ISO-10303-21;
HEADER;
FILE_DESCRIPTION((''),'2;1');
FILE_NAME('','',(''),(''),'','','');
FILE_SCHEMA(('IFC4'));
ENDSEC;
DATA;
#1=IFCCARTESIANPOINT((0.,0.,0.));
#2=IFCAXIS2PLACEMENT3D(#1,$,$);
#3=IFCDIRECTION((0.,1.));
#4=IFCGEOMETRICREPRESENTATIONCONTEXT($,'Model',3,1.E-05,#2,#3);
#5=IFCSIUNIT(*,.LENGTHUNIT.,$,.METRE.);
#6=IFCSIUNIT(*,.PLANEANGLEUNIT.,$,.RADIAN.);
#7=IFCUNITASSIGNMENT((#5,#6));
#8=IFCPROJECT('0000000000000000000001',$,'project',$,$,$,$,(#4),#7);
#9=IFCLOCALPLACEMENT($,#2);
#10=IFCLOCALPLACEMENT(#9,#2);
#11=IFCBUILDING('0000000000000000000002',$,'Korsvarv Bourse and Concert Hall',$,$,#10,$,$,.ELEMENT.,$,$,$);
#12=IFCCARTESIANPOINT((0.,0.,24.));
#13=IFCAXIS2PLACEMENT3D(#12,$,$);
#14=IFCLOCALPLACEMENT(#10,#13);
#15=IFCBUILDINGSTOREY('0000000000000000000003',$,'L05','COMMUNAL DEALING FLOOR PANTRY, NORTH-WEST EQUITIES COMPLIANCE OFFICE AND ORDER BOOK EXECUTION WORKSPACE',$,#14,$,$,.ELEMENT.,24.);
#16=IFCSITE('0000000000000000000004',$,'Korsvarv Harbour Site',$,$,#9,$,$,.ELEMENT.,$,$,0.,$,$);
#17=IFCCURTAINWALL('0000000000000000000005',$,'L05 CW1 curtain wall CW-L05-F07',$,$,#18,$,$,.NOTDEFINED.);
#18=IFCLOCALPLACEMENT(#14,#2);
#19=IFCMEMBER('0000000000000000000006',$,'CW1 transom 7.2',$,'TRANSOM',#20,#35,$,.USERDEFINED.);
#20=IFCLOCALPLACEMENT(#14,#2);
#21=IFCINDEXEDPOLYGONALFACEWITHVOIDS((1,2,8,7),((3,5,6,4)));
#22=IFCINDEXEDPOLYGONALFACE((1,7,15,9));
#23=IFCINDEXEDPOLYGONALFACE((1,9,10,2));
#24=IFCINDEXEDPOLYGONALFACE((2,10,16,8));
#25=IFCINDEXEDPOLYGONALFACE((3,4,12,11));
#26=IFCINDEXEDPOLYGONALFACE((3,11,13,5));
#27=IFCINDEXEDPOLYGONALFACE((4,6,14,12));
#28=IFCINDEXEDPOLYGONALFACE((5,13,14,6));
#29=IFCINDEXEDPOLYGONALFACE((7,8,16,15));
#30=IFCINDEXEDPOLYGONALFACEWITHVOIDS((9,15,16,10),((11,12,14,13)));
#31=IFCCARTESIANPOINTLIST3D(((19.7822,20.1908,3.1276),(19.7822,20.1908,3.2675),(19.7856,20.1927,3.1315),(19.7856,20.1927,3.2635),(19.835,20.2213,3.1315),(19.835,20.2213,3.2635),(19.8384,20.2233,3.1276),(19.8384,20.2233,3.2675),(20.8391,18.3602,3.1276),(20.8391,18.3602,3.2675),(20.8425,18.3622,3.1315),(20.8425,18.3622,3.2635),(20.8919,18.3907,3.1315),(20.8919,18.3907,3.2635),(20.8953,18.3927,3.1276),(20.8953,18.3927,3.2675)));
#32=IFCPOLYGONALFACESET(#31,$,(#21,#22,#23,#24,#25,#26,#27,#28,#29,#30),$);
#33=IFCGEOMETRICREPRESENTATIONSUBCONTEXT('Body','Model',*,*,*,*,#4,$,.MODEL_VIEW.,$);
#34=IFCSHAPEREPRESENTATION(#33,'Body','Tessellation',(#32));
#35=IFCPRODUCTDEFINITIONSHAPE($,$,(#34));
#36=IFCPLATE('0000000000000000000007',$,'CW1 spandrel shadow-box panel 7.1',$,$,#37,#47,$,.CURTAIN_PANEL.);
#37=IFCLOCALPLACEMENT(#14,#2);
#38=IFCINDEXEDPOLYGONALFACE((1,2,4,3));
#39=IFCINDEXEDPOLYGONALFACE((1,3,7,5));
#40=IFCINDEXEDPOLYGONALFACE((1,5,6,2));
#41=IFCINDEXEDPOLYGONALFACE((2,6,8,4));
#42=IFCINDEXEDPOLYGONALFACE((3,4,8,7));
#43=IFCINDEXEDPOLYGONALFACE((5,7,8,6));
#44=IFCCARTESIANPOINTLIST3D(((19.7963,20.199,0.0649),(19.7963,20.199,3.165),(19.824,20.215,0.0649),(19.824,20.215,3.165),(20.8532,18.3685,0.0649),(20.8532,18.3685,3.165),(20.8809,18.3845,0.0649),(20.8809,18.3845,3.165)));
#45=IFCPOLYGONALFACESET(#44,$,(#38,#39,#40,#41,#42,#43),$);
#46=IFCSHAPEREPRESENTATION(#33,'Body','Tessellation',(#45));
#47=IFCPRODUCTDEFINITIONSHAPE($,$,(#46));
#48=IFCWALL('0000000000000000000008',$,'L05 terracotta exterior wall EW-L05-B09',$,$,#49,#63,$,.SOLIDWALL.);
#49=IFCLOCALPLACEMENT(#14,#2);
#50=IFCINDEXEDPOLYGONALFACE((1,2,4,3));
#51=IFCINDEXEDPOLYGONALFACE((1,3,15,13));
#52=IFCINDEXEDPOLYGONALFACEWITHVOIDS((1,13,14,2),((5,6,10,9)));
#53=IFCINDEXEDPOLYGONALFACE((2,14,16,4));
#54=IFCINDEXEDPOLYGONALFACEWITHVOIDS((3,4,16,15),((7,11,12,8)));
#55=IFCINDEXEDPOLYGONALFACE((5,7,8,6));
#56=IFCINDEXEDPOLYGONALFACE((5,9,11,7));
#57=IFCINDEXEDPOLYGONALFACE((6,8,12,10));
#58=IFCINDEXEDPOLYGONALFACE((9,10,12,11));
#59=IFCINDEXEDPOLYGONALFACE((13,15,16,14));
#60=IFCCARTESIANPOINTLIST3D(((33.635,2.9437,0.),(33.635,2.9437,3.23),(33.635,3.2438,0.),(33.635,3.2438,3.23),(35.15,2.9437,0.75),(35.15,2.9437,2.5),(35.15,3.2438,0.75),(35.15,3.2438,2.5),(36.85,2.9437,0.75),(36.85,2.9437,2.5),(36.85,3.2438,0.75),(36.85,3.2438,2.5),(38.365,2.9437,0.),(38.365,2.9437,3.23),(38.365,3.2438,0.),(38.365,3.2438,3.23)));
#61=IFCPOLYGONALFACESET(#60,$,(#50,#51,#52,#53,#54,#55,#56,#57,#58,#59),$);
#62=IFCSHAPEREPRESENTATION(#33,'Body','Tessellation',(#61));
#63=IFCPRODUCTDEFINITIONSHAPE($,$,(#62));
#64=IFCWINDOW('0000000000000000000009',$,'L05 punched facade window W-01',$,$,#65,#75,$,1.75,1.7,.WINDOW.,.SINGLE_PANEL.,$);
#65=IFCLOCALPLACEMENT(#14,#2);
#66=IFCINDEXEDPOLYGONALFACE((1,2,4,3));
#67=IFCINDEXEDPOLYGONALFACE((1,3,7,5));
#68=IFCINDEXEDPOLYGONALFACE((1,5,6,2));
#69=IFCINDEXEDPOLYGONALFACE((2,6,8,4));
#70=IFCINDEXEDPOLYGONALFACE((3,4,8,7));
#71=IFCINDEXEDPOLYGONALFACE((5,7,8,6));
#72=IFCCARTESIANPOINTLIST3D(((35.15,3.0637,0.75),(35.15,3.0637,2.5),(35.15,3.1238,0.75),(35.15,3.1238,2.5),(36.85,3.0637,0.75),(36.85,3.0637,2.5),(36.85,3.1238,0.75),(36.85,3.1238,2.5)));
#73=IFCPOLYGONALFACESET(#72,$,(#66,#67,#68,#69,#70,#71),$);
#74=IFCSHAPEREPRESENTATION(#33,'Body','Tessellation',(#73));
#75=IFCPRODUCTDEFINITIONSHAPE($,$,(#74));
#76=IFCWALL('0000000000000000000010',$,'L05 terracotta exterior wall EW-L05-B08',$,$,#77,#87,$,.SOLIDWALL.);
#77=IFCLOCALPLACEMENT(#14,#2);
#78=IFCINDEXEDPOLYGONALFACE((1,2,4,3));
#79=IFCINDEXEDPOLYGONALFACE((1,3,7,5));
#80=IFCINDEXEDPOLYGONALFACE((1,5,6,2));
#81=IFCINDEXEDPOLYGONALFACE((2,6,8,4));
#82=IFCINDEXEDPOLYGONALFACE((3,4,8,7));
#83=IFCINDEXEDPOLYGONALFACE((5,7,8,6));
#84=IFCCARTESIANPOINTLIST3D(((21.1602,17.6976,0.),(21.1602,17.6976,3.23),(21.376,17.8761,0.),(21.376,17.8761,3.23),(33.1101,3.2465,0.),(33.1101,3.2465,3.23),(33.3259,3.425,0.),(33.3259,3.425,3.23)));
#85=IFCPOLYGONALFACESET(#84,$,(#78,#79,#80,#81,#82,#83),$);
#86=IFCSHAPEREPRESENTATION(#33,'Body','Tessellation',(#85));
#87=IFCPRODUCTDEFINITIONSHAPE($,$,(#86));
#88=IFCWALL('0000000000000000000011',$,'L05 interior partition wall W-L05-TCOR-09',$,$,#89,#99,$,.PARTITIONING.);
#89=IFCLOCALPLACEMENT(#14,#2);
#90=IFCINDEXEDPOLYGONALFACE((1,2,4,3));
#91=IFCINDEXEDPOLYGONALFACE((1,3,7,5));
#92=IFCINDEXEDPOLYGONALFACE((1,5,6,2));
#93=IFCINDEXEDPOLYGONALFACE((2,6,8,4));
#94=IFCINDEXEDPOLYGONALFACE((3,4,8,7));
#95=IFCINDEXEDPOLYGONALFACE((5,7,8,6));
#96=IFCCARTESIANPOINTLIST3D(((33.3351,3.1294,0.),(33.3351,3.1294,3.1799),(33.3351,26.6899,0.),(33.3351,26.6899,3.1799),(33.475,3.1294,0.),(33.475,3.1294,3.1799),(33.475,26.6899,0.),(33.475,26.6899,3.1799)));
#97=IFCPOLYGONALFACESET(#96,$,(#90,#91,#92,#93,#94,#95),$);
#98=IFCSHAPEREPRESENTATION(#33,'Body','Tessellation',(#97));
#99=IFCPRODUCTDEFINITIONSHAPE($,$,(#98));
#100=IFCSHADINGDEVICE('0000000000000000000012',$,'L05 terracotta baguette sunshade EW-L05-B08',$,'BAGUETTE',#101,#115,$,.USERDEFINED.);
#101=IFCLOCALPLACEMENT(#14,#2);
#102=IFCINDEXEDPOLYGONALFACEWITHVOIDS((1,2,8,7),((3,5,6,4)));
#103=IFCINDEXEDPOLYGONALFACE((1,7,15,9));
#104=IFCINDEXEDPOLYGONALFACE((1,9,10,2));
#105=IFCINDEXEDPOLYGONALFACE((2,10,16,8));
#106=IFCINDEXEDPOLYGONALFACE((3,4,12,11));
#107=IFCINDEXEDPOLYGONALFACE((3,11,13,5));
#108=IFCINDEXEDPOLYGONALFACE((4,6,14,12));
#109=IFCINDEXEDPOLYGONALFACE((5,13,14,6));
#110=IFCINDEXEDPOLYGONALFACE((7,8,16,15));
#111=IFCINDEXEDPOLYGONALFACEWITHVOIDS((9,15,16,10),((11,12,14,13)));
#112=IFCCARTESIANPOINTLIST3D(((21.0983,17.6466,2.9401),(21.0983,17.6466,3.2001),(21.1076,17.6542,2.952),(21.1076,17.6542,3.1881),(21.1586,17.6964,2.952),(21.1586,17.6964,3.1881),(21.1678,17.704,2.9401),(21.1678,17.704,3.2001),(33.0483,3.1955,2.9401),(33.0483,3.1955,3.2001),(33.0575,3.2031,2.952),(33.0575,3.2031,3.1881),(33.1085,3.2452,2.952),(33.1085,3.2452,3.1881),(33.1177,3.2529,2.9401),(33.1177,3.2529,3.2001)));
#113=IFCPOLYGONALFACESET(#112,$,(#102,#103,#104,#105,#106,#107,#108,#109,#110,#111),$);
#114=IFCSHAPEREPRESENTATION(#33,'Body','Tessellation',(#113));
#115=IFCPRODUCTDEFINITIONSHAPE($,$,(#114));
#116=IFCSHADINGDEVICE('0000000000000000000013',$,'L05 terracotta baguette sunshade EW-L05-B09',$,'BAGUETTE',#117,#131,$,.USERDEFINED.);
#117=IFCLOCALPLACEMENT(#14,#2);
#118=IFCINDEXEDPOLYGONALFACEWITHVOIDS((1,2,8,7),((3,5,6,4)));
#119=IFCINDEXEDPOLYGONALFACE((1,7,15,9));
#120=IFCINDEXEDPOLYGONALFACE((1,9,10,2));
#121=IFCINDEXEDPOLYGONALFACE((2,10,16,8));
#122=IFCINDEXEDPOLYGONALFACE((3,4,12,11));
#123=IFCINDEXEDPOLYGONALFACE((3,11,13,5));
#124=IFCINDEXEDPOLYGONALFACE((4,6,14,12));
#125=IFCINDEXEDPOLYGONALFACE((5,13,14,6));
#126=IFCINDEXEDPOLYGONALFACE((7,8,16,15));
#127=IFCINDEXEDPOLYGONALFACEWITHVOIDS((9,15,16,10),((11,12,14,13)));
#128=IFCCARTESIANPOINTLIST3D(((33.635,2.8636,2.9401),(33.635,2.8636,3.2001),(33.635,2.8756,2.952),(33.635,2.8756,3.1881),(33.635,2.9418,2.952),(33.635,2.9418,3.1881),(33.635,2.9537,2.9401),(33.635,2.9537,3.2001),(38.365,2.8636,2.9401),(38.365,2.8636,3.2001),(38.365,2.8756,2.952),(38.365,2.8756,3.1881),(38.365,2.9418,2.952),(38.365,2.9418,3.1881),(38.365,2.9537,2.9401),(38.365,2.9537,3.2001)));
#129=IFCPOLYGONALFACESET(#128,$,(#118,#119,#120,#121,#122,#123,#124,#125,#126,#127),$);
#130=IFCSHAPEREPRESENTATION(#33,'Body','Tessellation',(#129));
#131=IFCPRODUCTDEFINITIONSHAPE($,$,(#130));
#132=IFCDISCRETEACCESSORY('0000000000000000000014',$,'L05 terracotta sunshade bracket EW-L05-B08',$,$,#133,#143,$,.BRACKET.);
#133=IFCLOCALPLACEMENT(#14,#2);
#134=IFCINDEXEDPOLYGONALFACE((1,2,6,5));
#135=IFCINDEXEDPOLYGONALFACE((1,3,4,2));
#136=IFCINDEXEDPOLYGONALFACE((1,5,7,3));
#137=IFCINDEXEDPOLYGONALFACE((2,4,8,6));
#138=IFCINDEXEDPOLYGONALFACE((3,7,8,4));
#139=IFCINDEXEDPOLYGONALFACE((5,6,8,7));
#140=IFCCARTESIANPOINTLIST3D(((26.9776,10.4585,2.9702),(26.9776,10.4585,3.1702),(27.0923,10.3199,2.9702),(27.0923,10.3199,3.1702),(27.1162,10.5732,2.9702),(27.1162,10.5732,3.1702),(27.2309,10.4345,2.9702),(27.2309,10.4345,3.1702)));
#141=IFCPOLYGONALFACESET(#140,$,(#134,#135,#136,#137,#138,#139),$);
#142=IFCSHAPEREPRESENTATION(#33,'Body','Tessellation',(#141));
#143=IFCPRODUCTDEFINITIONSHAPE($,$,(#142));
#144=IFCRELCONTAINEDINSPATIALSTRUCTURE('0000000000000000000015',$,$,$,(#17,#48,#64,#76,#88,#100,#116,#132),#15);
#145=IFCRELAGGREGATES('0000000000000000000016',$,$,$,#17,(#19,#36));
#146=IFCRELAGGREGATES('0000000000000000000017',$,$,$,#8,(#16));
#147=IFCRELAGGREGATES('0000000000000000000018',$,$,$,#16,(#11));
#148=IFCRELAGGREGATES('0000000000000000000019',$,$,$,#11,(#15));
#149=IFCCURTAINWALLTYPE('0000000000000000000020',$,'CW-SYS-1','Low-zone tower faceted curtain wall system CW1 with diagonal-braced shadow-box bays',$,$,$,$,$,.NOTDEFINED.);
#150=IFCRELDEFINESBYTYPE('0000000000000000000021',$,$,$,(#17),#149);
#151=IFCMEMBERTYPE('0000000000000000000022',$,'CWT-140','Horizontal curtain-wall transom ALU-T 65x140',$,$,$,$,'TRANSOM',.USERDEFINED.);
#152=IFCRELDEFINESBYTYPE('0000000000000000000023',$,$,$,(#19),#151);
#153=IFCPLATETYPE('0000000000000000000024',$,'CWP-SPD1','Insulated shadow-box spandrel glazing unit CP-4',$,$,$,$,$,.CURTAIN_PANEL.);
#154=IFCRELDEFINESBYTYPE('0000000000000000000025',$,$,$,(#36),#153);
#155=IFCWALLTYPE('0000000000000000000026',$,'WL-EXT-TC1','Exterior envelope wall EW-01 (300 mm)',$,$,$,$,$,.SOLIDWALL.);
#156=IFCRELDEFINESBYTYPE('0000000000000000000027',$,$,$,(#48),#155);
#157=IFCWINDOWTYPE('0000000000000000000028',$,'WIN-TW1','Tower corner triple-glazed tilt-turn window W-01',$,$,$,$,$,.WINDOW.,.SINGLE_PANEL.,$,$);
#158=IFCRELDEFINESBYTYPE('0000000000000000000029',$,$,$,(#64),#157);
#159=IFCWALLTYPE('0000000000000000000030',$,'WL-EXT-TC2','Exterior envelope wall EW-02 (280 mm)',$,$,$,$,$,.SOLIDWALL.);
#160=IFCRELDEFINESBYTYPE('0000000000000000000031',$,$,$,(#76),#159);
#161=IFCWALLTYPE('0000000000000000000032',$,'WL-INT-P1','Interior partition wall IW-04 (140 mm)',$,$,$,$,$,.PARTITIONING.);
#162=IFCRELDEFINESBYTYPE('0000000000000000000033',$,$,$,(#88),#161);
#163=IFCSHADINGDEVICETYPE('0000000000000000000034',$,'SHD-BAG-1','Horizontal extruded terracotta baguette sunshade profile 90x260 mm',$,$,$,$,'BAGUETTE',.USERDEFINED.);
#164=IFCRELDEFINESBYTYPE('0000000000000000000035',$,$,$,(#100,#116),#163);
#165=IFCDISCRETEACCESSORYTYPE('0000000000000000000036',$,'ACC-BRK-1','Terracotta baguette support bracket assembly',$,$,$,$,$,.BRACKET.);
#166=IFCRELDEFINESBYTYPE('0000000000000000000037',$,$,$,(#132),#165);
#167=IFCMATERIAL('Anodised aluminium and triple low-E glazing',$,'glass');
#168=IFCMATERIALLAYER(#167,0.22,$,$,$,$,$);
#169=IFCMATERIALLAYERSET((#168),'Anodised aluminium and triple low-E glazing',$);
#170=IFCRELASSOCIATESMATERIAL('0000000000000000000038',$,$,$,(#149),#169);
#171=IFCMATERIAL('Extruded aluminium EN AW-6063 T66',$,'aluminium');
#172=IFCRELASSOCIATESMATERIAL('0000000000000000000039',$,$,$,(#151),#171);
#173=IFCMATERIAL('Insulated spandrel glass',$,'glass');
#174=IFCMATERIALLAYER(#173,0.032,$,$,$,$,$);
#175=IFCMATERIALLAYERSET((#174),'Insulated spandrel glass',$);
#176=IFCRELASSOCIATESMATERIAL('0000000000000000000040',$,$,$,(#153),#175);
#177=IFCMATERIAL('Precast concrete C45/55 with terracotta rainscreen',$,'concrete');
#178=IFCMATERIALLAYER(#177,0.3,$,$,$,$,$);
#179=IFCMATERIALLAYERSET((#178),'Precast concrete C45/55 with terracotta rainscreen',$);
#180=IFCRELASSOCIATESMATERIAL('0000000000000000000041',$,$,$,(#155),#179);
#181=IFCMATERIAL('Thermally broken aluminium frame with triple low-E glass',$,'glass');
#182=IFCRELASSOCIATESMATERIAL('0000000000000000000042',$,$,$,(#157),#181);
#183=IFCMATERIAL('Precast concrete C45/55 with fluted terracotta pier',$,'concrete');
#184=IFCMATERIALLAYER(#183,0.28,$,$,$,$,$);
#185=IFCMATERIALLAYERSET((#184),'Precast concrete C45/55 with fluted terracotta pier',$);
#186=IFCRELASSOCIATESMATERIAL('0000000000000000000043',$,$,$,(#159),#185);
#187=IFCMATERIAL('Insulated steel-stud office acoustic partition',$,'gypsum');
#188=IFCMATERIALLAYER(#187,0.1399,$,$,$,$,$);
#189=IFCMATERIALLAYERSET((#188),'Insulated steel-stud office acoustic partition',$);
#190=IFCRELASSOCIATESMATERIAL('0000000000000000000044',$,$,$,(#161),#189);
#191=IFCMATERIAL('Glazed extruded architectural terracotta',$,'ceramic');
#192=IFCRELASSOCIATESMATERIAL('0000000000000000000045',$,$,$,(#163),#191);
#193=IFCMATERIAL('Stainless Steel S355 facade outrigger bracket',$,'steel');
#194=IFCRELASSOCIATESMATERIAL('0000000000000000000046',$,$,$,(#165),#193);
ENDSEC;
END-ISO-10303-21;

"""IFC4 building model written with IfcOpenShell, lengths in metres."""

from ifc_helpers import new_model, si_unit, direction, frame, frame_2d, origin, origin_2d, place, context, subcontext, project, spatial, rectangle, hollow_rectangle, extrude, source, transform, mapped, material, layer, layer_set, material_profile, profile_set, type_object, element, fill, aggregate, save


model = new_model("IFC4")

# Units and contexts
model_context = context("Model", 3, precision=1e-05, world=origin(), true_north=direction((0.0, 1.0)))
body_context = subcontext(model_context, "Body", "Model", "MODEL_VIEW")
ifc_project = project(units=[si_unit("LENGTHUNIT", "METRE"), si_unit("PLANEANGLEUNIT", "RADIAN")], contexts=[model_context])

# Site, building, storey
site_placement = place(None, origin())
site = spatial("IfcSite", under=ifc_project, at=site_placement, Name="Korsvarv Harbour Site", CompositionType="ELEMENT", RefElevation=0.0)
building_placement = place(site_placement, origin())
building = spatial("IfcBuilding", under=site, at=building_placement, Name="Korsvarv Bourse and Concert Hall", CompositionType="ELEMENT")
storey_placement = place(building_placement, frame((0.0, 0.0, 24.0)))
storey = spatial("IfcBuildingStorey", under=building, at=storey_placement, Name="L05", Description="COMMUNAL DEALING FLOOR PANTRY, NORTH-WEST EQUITIES COMPLIANCE OFFICE AND ORDER BOOK EXECUTION WORKSPACE", CompositionType="ELEMENT", Elevation=24.0)

# Curtain wall, member, plate
ifc_material_1 = material(Name="Anodised aluminium and triple low-E glazing", Category="glass")
ifc_layer_1 = layer(ifc_material_1, 0.22)
ifc_layer_set_1 = layer_set([ifc_layer_1], Name="Anodised aluminium and triple low-E glazing")
curtain_wall_type = type_object("IfcCurtainWallType", Name="CW-SYS-1", Description="Low-zone tower faceted curtain wall system CW1 with diagonal-braced shadow-box bays", PredefinedType="NOTDEFINED", material=ifc_layer_set_1)
curtain_wall_placement = place(storey_placement, origin())
curtain_wall = element("IfcCurtainWall", 1, at=curtain_wall_placement, inside=storey, type_object=curtain_wall_type, Name="L05 CW1 curtain wall CW-L05-F07", PredefinedType="NOTDEFINED")
ifc_material_2 = material(Name="Extruded aluminium EN AW-6063 T66", Category="aluminium")
ifc_material_profile_1 = material_profile(ifc_material_2, hollow_rectangle(XDim=0.0649, YDim=0.1399, WallThickness=0.0039, at=origin_2d()), Name="ALU-T 65x140")
ifc_profile_set_1 = profile_set([ifc_material_profile_1], Name="Extruded aluminium EN AW-6063 T66")
member_type_1 = type_object("IfcMemberType", Name="CWT-140", Description="Horizontal curtain-wall transom ALU-T 65x140", ElementType="TRANSOM", PredefinedType="USERDEFINED", material=ifc_profile_set_1)
shared_shape_1 = source(origin(), body_context, "Body", "SweptSolid", [
    extrude(hollow_rectangle(XDim=0.0649, YDim=0.1399, WallThickness=0.0039, at=origin_2d()), origin(), (0.0, 0.0, 1.0), 2.1138),
])
member_1_placement = place(storey_placement, frame((19.8103, 20.207, 3.1975), z_axis=(0.500002, -0.866024, 0.0), x_axis=(0.866024, 0.500002, 0.0)))
member_1 = element("IfcMember", 2, at=member_1_placement, type_object=member_type_1, Name="CW1 transom 7.2", ObjectType="TRANSOM", PredefinedType="USERDEFINED", context=body_context, shape_type="MappedRepresentation", body=[
    mapped(shared_shape_1, transform((0.0, 0.0, 0.0), scale=1.0)),
])
ifc_material_3 = material(Name="Insulated spandrel glass", Category="glass")
ifc_layer_2 = layer(ifc_material_3, 0.032)
ifc_layer_set_2 = layer_set([ifc_layer_2], Name="Insulated spandrel glass")
plate_type = type_object("IfcPlateType", Name="CWP-SPD1", Description="Insulated shadow-box spandrel glazing unit CP-4", PredefinedType="CURTAIN_PANEL", material=ifc_layer_set_2)
shared_shape_2 = source(origin(), body_context, "Body", "SweptSolid", [
    extrude(rectangle(XDim=2.1138, YDim=0.032, at=origin_2d()), origin(), (0.0, 0.0, 1.0), 3.1001),
])
plate_placement = place(storey_placement, frame((20.3386, 19.2917, 0.0649), z_axis=(0.0, 0.0, 1.0), x_axis=(0.499995, -0.866029, 0.0)))
plate = element("IfcPlate", 3, at=plate_placement, type_object=plate_type, Name="CW1 spandrel shadow-box panel 7.1", PredefinedType="CURTAIN_PANEL", context=body_context, shape_type="MappedRepresentation", body=[
    mapped(shared_shape_2, transform((0.0, 0.0, 0.0), scale=1.0)),
])
aggregate(curtain_wall, [member_1, plate])

# Wall, opening, window
ifc_material_4 = material(Name="Precast concrete C45/55 with terracotta rainscreen", Category="concrete")
ifc_layer_3 = layer(ifc_material_4, 0.3)
ifc_layer_set_3 = layer_set([ifc_layer_3], Name="Precast concrete C45/55 with terracotta rainscreen")
wall_type_1 = type_object("IfcWallType", Name="WL-EXT-TC1", Description="Exterior envelope wall EW-01 (300 mm)", PredefinedType="SOLIDWALL", material=ifc_layer_set_3)
wall_1_placement = place(storey_placement, frame((33.635, 3.0938, 0.0), z_axis=(0.0, 0.0, 1.0), x_axis=(1.0, 0.0, 0.0)))
wall_1 = element("IfcWall", 4, at=wall_1_placement, inside=storey, type_object=wall_type_1, Name="L05 terracotta exterior wall EW-L05-B09", PredefinedType="SOLIDWALL", context=body_context, shape_type="SweptSolid", body=[
    extrude(rectangle(XDim=4.73, YDim=0.3, at=frame_2d((2.365, 0.0))), origin(), (0.0, 0.0, 1.0), 3.23),
])
opening_placement = place(wall_1_placement, frame((1.5149, 0.0, 0.75)))
opening = element("IfcOpeningElement", 5, at=opening_placement, cuts=wall_1, PredefinedType="OPENING", context=body_context, shape_type="SweptSolid", body=[
    extrude(rectangle(XDim=1.7, YDim=1.75, at=frame_2d((0.8501, 0.875))), frame((0.0, 0.1602, 0.0), z_axis=(0.0, -1.0, 0.0), x_axis=(1.0, 0.0, 0.0)), (0.0, 0.0, 1.0), 0.3201),
])
ifc_material_5 = material(Name="Thermally broken aluminium frame with triple low-E glass", Category="glass")
window_type = type_object("IfcWindowType", Name="WIN-TW1", Description="Tower corner triple-glazed tilt-turn window W-01", PartitioningType="SINGLE_PANEL", PredefinedType="WINDOW", material=ifc_material_5)
window_placement = place(opening_placement, origin())
window = element("IfcWindow", 6, at=window_placement, inside=storey, type_object=window_type, Name="L05 punched facade window W-01", OverallHeight=1.75, OverallWidth=1.7, PartitioningType="SINGLE_PANEL", PredefinedType="WINDOW", context=body_context, shape_type="SweptSolid", body=[
    extrude(rectangle(XDim=1.7, YDim=1.75, at=frame_2d((0.8501, 0.875))), frame((0.0, 0.03, 0.0), z_axis=(0.0, -1.0, 0.0), x_axis=(1.0, 0.0, 0.0)), (0.0, 0.0, 1.0), 0.0601),
])
fill(opening, window)

# Walls
ifc_material_6 = material(Name="Precast concrete C45/55 with fluted terracotta pier", Category="concrete")
ifc_layer_4 = layer(ifc_material_6, 0.28)
ifc_layer_set_4 = layer_set([ifc_layer_4], Name="Precast concrete C45/55 with fluted terracotta pier")
wall_type_2 = type_object("IfcWallType", Name="WL-EXT-TC2", Description="Exterior envelope wall EW-02 (280 mm)", PredefinedType="SOLIDWALL", material=ifc_layer_set_4)
wall_2_placement = place(storey_placement, frame((21.2681, 17.7869, 0.0), z_axis=(0.0, 0.0, 1.0), x_axis=(0.637263, -0.770647, 0.0)))
element("IfcWall", 7, at=wall_2_placement, inside=storey, type_object=wall_type_2, Name="L05 terracotta exterior wall EW-L05-B08", PredefinedType="SOLIDWALL", context=body_context, shape_type="SweptSolid", body=[
    extrude(rectangle(XDim=18.752, YDim=0.28, at=frame_2d((9.376, 0.0))), origin(), (0.0, 0.0, 1.0), 3.23),
])
ifc_material_7 = material(Name="Insulated steel-stud office acoustic partition", Category="gypsum")
ifc_layer_5 = layer(ifc_material_7, 0.1399)
ifc_layer_set_5 = layer_set([ifc_layer_5], Name="Insulated steel-stud office acoustic partition")
wall_type_3 = type_object("IfcWallType", Name="WL-INT-P1", Description="Interior partition wall IW-04 (140 mm)", PredefinedType="PARTITIONING", material=ifc_layer_set_5)
wall_3_placement = place(storey_placement, frame((33.405, 3.1294, 0.0), z_axis=(0.0, 0.0, 1.0), x_axis=(0.0, 1.0, 0.0)))
element("IfcWall", 8, at=wall_3_placement, inside=storey, type_object=wall_type_3, Name="L05 interior partition wall W-L05-TCOR-09", PredefinedType="PARTITIONING", context=body_context, shape_type="SweptSolid", body=[
    extrude(rectangle(XDim=23.5605, YDim=0.1399, at=frame_2d((11.7803, 0.0))), origin(), (0.0, 0.0, 1.0), 3.1799),
])

# Shading devices
ifc_material_8 = material(Name="Glazed extruded architectural terracotta", Category="ceramic")
ifc_material_profile_2 = material_profile(ifc_material_8, hollow_rectangle(XDim=0.0901, YDim=0.26, WallThickness=0.012, at=origin_2d()), Name="TC-BAG 90x260")
ifc_profile_set_2 = profile_set([ifc_material_profile_2], Name="Glazed extruded architectural terracotta")
shading_device_type = type_object("IfcShadingDeviceType", Name="SHD-BAG-1", Description="Horizontal extruded terracotta baguette sunshade profile 90x260 mm", ElementType="BAGUETTE", PredefinedType="USERDEFINED", material=ifc_profile_set_2)
shared_shape_3 = source(origin(), body_context, "Body", "SweptSolid", [
    extrude(hollow_rectangle(XDim=0.0901, YDim=0.26, WallThickness=0.012, at=origin_2d()), origin(), (0.0, 0.0, 1.0), 18.752),
])
shading_device_1_placement = place(storey_placement, frame((21.1331, 17.6753, 3.0701), z_axis=(0.637263, -0.770647, 0.0), x_axis=(0.770647, 0.637263, 0.0)))
element("IfcShadingDevice", 9, at=shading_device_1_placement, inside=storey, type_object=shading_device_type, Name="L05 terracotta baguette sunshade EW-L05-B08", ObjectType="BAGUETTE", PredefinedType="USERDEFINED", context=body_context, shape_type="MappedRepresentation", body=[
    mapped(shared_shape_3, transform((0.0, 0.0, 0.0), scale=1.0)),
])
shared_shape_4 = source(origin(), body_context, "Body", "SweptSolid", [
    extrude(hollow_rectangle(XDim=0.0901, YDim=0.26, WallThickness=0.012, at=origin_2d()), origin(), (0.0, 0.0, 1.0), 4.73),
])
shading_device_2_placement = place(storey_placement, frame((33.635, 2.9087, 3.0701), z_axis=(1.0, 0.0, 0.0), x_axis=(0.0, 1.0, 0.0)))
element("IfcShadingDevice", 10, at=shading_device_2_placement, inside=storey, type_object=shading_device_type, Name="L05 terracotta baguette sunshade EW-L05-B09", ObjectType="BAGUETTE", PredefinedType="USERDEFINED", context=body_context, shape_type="MappedRepresentation", body=[
    mapped(shared_shape_4, transform((0.0, 0.0, 0.0), scale=1.0)),
])

# Discrete accessory
ifc_material_9 = material(Name="Stainless Steel S355 facade outrigger bracket", Category="steel")
discrete_accessory_type = type_object("IfcDiscreteAccessoryType", Name="ACC-BRK-1", Description="Terracotta baguette support bracket assembly", PredefinedType="BRACKET", material=ifc_material_9)
shared_shape_5 = source(origin(), body_context, "Body", "SweptSolid", [
    extrude(rectangle(XDim=0.1799, YDim=0.1799, at=origin_2d()), origin(), (0.0, 0.0, 1.0), 0.2),
])
discrete_accessory_placement = place(storey_placement, frame((27.1042, 10.4465, 2.9702), z_axis=(0.0, 0.0, 1.0), x_axis=(0.63729, -0.770624, 0.0)))
element("IfcDiscreteAccessory", 11, at=discrete_accessory_placement, inside=storey, type_object=discrete_accessory_type, Name="L05 terracotta sunshade bracket EW-L05-B08", PredefinedType="BRACKET", context=body_context, shape_type="MappedRepresentation", body=[
    mapped(shared_shape_5, transform((0.0, 0.0, 0.0), scale=1.0)),
])

save(model, "model.ifc")
